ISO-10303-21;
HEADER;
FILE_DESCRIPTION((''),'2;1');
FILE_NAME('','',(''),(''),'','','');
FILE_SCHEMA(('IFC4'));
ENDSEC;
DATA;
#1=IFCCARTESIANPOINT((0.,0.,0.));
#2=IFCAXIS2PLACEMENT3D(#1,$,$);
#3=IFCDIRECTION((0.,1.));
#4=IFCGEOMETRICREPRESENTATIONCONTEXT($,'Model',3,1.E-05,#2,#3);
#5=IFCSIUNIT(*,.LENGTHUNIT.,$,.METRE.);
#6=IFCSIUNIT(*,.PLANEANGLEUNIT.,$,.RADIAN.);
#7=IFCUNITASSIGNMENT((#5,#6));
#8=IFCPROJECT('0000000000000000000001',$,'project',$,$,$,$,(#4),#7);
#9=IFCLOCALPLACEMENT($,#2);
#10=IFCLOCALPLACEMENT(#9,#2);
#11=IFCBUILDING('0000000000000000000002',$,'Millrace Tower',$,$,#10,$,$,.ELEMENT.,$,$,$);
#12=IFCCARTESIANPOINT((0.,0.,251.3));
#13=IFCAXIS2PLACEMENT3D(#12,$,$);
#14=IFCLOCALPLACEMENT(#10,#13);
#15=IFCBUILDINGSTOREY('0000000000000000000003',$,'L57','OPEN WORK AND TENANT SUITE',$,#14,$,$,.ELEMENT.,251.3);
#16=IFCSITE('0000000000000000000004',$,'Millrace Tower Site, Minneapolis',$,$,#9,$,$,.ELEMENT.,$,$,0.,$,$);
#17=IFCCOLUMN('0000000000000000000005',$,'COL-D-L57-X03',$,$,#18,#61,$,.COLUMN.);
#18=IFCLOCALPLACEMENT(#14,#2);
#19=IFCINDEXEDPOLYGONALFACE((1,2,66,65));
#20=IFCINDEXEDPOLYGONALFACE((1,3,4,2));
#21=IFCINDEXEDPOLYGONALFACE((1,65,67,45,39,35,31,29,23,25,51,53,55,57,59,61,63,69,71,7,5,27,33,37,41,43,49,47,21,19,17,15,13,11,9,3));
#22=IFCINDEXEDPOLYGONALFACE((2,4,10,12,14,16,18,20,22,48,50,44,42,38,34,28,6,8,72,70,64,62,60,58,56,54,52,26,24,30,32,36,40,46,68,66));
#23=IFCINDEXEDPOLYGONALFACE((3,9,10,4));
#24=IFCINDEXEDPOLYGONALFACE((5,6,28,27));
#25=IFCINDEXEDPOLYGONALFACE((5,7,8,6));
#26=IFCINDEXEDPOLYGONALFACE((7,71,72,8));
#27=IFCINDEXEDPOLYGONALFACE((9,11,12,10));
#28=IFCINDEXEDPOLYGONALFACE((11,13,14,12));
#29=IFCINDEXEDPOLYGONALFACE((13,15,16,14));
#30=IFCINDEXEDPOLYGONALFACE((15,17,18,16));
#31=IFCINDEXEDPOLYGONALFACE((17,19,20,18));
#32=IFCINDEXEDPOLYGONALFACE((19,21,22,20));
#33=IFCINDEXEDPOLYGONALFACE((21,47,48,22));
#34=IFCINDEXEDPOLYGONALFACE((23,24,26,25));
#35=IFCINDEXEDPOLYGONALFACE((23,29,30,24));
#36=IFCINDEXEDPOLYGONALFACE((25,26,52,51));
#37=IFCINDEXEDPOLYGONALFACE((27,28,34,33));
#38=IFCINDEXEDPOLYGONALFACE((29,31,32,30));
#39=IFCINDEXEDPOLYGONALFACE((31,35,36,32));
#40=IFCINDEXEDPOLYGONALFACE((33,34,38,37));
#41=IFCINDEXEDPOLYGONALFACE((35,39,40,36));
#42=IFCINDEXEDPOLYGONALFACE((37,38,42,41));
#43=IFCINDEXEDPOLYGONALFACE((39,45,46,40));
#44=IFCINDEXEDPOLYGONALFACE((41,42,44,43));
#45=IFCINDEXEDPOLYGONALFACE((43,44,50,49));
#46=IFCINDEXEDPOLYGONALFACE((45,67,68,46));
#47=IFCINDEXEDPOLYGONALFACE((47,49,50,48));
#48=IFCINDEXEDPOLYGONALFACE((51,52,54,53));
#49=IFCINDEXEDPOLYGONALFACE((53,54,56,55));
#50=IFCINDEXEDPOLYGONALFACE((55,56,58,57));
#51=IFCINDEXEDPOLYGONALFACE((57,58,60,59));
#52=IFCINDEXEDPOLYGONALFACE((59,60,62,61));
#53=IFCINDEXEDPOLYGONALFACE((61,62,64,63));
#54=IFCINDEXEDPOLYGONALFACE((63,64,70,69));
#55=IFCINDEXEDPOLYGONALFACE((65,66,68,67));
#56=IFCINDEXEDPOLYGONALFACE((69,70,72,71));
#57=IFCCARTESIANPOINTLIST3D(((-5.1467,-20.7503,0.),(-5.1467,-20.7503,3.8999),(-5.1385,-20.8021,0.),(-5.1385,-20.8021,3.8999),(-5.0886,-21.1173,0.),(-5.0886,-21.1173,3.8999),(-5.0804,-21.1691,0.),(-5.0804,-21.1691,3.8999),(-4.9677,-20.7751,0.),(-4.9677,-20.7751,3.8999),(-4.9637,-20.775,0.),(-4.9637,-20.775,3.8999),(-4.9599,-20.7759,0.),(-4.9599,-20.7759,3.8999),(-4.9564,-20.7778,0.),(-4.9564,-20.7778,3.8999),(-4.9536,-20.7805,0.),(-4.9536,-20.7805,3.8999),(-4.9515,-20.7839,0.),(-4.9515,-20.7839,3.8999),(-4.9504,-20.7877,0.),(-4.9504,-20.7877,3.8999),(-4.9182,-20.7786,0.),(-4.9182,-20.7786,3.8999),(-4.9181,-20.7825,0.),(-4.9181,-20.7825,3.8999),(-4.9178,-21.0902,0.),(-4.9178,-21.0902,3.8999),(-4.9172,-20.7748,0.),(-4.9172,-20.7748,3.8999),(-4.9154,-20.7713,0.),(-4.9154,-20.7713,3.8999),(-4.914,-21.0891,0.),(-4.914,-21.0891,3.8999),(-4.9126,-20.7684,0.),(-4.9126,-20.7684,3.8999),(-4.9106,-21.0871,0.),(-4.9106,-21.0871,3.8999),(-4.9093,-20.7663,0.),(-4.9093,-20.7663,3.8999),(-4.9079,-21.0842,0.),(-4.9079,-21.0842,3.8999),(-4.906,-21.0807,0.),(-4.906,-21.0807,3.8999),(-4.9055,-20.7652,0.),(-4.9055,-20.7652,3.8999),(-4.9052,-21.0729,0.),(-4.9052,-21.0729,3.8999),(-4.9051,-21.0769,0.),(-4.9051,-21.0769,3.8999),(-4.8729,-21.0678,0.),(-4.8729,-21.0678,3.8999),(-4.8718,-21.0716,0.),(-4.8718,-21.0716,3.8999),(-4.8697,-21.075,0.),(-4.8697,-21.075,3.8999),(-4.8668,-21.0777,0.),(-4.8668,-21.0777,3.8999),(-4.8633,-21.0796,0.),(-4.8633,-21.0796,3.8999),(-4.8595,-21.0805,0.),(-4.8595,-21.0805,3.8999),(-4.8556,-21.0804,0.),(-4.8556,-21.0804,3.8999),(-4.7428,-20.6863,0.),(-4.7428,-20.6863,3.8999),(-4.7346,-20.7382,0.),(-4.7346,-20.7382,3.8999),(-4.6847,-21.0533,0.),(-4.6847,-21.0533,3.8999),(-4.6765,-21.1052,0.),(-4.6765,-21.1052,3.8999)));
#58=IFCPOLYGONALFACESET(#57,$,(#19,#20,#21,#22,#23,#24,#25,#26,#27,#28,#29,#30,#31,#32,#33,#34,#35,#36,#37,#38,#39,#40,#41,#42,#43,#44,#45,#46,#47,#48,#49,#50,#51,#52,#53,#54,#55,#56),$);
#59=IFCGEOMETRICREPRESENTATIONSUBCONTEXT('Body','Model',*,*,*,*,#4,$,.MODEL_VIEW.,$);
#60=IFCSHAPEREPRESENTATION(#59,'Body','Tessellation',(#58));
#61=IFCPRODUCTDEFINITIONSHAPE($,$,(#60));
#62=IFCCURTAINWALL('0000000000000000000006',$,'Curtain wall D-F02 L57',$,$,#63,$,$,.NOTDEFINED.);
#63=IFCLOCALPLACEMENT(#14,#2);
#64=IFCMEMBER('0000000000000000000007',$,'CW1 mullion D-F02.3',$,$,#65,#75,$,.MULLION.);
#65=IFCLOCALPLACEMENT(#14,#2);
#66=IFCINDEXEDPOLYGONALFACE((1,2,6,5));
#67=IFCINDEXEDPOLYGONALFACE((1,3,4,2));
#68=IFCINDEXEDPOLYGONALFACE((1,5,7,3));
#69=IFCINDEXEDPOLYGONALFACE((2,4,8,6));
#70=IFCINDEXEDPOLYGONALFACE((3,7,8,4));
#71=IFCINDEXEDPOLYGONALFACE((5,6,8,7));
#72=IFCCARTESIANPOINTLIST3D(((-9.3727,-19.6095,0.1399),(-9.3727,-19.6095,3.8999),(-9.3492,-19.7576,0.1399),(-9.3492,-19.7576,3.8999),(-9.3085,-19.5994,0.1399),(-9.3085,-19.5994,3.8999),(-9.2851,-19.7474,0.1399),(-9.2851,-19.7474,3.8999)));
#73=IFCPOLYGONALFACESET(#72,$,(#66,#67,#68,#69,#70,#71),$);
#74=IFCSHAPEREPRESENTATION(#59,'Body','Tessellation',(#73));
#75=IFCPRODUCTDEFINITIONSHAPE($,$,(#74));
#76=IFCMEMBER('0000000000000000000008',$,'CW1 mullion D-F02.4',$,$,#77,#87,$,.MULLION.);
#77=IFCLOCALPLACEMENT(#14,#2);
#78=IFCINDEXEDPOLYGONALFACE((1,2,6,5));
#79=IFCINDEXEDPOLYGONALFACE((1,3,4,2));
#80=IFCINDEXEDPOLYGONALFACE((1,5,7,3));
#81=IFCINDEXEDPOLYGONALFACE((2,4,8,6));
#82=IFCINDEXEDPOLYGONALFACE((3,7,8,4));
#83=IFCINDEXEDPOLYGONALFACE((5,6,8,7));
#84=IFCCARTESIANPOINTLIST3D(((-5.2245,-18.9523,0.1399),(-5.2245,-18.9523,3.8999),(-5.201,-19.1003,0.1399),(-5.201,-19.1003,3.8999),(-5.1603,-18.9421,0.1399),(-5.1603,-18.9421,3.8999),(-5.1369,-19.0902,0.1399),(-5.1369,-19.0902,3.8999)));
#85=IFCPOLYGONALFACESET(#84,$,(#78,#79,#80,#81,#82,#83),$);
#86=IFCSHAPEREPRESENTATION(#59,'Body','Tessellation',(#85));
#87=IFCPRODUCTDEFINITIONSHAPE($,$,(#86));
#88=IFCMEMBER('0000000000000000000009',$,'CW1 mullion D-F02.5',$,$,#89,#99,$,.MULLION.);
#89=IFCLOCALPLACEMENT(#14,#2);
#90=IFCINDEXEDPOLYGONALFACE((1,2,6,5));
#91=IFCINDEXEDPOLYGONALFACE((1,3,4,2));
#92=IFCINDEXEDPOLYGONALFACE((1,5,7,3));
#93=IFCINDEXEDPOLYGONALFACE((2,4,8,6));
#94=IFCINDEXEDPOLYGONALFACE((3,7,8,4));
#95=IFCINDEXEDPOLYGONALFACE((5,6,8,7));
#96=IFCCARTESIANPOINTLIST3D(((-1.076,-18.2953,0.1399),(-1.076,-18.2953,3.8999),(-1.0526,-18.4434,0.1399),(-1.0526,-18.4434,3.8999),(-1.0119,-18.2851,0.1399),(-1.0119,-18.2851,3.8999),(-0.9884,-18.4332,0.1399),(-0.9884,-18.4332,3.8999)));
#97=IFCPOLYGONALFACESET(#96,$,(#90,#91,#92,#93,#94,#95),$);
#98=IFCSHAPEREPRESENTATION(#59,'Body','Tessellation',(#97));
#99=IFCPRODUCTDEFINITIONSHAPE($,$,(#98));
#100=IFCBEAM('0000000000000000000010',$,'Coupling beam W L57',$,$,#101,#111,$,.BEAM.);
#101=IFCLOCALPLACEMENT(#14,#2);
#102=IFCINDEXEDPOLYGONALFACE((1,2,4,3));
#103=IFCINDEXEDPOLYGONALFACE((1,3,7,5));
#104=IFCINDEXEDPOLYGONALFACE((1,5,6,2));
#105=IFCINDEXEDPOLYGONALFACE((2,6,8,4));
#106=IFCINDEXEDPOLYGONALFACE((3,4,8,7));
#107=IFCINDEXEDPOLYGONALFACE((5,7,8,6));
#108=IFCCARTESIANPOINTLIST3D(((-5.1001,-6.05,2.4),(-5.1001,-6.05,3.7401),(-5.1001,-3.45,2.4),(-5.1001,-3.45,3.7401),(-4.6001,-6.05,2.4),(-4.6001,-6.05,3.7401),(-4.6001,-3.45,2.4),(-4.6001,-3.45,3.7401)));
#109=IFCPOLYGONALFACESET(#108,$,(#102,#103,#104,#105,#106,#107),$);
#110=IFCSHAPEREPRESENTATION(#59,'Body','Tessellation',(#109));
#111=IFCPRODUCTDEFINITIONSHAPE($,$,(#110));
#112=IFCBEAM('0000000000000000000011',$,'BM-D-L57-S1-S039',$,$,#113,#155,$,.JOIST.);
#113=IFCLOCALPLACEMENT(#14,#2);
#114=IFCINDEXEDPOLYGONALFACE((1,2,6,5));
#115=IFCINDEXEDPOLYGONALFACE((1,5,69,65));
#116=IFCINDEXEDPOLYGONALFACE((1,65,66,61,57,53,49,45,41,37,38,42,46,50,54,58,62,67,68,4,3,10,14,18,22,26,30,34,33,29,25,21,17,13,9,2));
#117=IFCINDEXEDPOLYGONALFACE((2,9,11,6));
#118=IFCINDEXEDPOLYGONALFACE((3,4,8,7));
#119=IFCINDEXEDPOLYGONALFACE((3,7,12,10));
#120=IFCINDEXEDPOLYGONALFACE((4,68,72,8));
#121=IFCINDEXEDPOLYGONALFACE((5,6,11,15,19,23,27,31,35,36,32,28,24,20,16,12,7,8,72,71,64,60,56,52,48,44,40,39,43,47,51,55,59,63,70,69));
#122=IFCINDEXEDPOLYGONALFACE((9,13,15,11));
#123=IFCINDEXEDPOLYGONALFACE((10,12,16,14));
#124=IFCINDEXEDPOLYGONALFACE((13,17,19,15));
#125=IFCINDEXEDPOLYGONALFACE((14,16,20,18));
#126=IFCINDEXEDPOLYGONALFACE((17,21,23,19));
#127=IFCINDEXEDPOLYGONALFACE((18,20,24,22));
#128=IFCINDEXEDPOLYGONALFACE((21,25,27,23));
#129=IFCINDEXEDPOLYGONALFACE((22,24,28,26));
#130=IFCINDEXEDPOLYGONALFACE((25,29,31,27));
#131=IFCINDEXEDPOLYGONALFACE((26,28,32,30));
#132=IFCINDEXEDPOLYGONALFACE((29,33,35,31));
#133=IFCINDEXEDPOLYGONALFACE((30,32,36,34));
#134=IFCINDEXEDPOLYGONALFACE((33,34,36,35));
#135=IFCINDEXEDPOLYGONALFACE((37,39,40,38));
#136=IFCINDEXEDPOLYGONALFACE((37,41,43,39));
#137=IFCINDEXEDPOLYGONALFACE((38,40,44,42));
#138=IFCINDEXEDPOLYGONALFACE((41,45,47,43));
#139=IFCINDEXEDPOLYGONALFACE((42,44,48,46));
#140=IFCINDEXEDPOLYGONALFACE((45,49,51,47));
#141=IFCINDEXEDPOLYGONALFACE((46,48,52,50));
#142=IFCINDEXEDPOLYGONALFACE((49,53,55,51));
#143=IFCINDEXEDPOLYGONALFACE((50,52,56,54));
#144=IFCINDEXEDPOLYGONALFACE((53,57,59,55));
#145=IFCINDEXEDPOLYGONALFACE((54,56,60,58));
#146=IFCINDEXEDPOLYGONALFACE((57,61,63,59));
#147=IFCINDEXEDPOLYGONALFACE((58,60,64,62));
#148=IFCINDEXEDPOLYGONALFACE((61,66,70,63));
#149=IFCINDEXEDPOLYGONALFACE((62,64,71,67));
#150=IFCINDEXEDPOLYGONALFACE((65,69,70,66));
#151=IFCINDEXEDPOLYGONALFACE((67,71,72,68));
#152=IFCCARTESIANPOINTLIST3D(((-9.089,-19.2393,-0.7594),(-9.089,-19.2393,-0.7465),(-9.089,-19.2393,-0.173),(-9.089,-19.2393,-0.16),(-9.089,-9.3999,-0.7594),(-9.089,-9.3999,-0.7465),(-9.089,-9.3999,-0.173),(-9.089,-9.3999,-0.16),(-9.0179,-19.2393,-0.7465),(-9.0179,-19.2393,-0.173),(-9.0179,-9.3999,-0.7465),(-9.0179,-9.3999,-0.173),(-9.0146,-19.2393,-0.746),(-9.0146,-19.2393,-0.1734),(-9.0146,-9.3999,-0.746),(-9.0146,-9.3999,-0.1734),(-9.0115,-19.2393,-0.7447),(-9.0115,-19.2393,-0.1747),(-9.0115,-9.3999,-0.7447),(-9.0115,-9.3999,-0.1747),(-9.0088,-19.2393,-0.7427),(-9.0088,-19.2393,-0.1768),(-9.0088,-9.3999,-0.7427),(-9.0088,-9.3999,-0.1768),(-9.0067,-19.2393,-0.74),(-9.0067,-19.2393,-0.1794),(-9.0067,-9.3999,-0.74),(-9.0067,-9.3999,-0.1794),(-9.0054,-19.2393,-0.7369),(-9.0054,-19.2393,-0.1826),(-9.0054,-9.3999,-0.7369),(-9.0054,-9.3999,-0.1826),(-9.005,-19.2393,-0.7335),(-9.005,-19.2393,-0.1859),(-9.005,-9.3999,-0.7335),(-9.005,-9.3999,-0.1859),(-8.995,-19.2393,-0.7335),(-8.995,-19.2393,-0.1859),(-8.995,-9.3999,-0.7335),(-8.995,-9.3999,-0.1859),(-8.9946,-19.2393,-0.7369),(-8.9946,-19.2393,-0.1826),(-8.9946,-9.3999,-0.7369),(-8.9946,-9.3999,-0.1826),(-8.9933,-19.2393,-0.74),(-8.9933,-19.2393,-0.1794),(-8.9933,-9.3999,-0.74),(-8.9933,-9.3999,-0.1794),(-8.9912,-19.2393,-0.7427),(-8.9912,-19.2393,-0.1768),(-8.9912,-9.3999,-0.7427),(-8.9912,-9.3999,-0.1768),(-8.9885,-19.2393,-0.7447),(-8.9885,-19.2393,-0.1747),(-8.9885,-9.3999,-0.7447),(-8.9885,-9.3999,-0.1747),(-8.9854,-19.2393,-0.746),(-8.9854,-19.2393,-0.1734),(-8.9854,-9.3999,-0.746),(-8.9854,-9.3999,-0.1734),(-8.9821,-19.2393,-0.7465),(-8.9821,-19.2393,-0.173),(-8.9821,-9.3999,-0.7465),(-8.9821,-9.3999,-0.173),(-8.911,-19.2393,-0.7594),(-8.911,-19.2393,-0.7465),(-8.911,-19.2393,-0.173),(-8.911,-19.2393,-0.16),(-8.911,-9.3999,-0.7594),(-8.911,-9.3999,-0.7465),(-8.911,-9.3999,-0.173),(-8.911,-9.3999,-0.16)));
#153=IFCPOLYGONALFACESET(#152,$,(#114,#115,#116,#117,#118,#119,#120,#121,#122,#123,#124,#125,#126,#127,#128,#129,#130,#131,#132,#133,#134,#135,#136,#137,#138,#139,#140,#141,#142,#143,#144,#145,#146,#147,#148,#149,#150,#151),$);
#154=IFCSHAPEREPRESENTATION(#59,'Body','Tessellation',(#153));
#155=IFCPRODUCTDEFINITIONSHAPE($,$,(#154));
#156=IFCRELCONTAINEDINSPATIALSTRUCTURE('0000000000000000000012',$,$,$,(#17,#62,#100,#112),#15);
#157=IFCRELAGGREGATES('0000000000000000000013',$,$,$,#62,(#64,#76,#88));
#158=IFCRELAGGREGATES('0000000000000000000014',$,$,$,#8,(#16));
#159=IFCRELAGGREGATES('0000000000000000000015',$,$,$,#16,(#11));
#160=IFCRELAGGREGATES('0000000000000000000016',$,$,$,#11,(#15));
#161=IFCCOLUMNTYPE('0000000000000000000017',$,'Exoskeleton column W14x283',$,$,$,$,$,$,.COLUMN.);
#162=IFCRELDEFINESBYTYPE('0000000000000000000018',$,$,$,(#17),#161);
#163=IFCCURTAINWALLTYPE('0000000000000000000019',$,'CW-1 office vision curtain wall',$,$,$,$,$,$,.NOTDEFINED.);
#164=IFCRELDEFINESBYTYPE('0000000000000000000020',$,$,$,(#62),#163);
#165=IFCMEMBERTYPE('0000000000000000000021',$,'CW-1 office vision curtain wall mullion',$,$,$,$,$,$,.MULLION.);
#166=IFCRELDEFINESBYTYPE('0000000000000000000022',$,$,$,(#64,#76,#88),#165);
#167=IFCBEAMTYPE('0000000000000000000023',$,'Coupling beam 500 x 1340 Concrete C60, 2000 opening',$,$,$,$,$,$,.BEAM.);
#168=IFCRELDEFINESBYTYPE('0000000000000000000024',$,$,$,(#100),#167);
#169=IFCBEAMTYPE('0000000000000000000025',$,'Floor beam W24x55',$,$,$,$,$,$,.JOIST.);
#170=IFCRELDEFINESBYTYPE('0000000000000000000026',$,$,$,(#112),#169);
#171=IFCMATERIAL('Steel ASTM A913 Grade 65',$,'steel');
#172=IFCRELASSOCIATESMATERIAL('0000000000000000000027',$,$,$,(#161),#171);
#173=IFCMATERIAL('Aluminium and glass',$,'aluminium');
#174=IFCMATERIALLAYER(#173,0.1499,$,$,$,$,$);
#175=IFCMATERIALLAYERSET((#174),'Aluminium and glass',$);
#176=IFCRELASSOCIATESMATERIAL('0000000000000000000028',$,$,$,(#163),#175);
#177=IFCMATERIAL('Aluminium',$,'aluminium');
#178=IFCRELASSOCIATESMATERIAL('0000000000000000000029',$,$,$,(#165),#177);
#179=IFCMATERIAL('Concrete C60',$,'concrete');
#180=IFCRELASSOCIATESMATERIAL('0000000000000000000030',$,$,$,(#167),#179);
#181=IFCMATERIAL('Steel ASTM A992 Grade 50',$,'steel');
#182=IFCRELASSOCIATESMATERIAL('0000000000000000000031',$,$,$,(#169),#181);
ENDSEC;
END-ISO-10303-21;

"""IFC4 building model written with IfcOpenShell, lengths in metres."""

from ifc_helpers import new_model, si_unit, direction, frame, origin, origin_2d, place, context, subcontext, project, spatial, rectangle, i_section, extrude, material, layer, layer_set, material_profile, profile_set, type_object, element, aggregate, save


model = new_model("IFC4")

# Units and contexts
model_context = context("Model", 3, precision=1e-05, world=origin(), true_north=direction((0.0, 1.0)))
body_context = subcontext(model_context, "Body", "Model", "MODEL_VIEW")
ifc_project = project(units=[si_unit("LENGTHUNIT", "METRE"), si_unit("PLANEANGLEUNIT", "RADIAN")], contexts=[model_context])

# Site, building, storey
site_placement = place(None, origin())
site = spatial("IfcSite", under=ifc_project, at=site_placement, Name="Millrace Tower Site, Minneapolis", CompositionType="ELEMENT", RefElevation=0.0)
building_placement = place(site_placement, origin())
building = spatial("IfcBuilding", under=site, at=building_placement, Name="Millrace Tower", CompositionType="ELEMENT")
storey_placement = place(building_placement, frame((0.0, 0.0, 251.3)))
storey = spatial("IfcBuildingStorey", under=building, at=storey_placement, Name="L57", Description="OPEN WORK AND TENANT SUITE", CompositionType="ELEMENT", Elevation=251.3)

# Column
ifc_material_1 = material(Name="Steel ASTM A913 Grade 65", Category="steel")
ifc_material_profile_1 = material_profile(ifc_material_1, i_section(OverallWidth=0.4089, OverallDepth=0.4241, WebThickness=0.0327, FlangeThickness=0.0525, FilletRadius=0.0151, at=origin_2d()))
ifc_profile_set_1 = profile_set([ifc_material_profile_1], Name="Steel ASTM A913 Grade 65")
column_type = type_object("IfcColumnType", Name="Exoskeleton column W14x283", PredefinedType="COLUMN", material=ifc_profile_set_1)
column_placement = place(storey_placement, frame((-4.9116, -20.9277, 0.0), z_axis=(0.0, 0.0, 1.0), x_axis=(0.987688, 0.156434, 0.0)))
element("IfcColumn", 1, at=column_placement, inside=storey, type_object=column_type, Name="COL-D-L57-X03", PredefinedType="COLUMN", context=body_context, shape_type="SweptSolid", body=[
    extrude(i_section(OverallWidth=0.4089, OverallDepth=0.4241, WebThickness=0.0327, FlangeThickness=0.0525, FilletRadius=0.0151, at=origin_2d()), origin(), (0.0, 0.0, 1.0), 3.8999),
])

# Curtain wall, members
ifc_material_2 = material(Name="Aluminium and glass", Category="aluminium")
ifc_layer_1 = layer(ifc_material_2, 0.1499)
ifc_layer_set_1 = layer_set([ifc_layer_1], Name="Aluminium and glass")
curtain_wall_type = type_object("IfcCurtainWallType", Name="CW-1 office vision curtain wall", PredefinedType="NOTDEFINED", material=ifc_layer_set_1)
curtain_wall_placement = place(storey_placement, origin())
curtain_wall = element("IfcCurtainWall", 2, at=curtain_wall_placement, inside=storey, type_object=curtain_wall_type, Name="Curtain wall D-F02 L57", PredefinedType="NOTDEFINED")
ifc_material_3 = material(Name="Aluminium", Category="aluminium")
ifc_material_profile_2 = material_profile(ifc_material_3, rectangle(XDim=0.0649, YDim=0.1499, at=origin_2d()))
ifc_profile_set_2 = profile_set([ifc_material_profile_2], Name="Aluminium")
member_type = type_object("IfcMemberType", Name="CW-1 office vision curtain wall mullion", PredefinedType="MULLION", material=ifc_profile_set_2)
member_1_placement = place(storey_placement, frame((-9.3289, -19.6785, 0.1399), z_axis=(0.0, 0.0, 1.0), x_axis=(0.987688, 0.156434, 0.0)))
member_1 = element("IfcMember", 3, at=member_1_placement, type_object=member_type, Name="CW1 mullion D-F02.3", PredefinedType="MULLION", context=body_context, shape_type="SweptSolid", body=[
    extrude(rectangle(XDim=0.0649, YDim=0.1499, at=origin_2d()), origin(), (0.0, 0.0, 1.0), 3.76),
])
member_2_placement = place(storey_placement, frame((-5.1807, -19.0212, 0.1399), z_axis=(0.0, 0.0, 1.0), x_axis=(0.987688, 0.156434, 0.0)))
member_2 = element("IfcMember", 4, at=member_2_placement, type_object=member_type, Name="CW1 mullion D-F02.4", PredefinedType="MULLION", context=body_context, shape_type="SweptSolid", body=[
    extrude(rectangle(XDim=0.0649, YDim=0.1499, at=origin_2d()), origin(), (0.0, 0.0, 1.0), 3.76),
])
member_3_placement = place(storey_placement, frame((-1.0322, -18.3643, 0.1399), z_axis=(0.0, 0.0, 1.0), x_axis=(0.987688, 0.156434, 0.0)))
member_3 = element("IfcMember", 5, at=member_3_placement, type_object=member_type, Name="CW1 mullion D-F02.5", PredefinedType="MULLION", context=body_context, shape_type="SweptSolid", body=[
    extrude(rectangle(XDim=0.0649, YDim=0.1499, at=origin_2d()), origin(), (0.0, 0.0, 1.0), 3.76),
])
aggregate(curtain_wall, [member_1, member_2, member_3])

# Beams
ifc_material_4 = material(Name="Concrete C60", Category="concrete")
ifc_material_profile_3 = material_profile(ifc_material_4, rectangle(XDim=0.5, YDim=1.3401, at=origin_2d()))
ifc_profile_set_3 = profile_set([ifc_material_profile_3], Name="Concrete C60")
beam_type_1 = type_object("IfcBeamType", Name="Coupling beam 500 x 1340 Concrete C60, 2000 opening", PredefinedType="BEAM", material=ifc_profile_set_3)
beam_1_placement = place(storey_placement, frame((-4.8501, -6.05, 3.0701), z_axis=(0.0, 1.0, 0.0), x_axis=(-1.0, 0.0, 0.0)))
element("IfcBeam", 6, at=beam_1_placement, inside=storey, type_object=beam_type_1, Name="Coupling beam W L57", PredefinedType="BEAM", context=body_context, shape_type="SweptSolid", body=[
    extrude(rectangle(XDim=0.5, YDim=1.3401, at=origin_2d()), origin(), (0.0, 0.0, 1.0), 2.6001),
])
ifc_material_5 = material(Name="Steel ASTM A992 Grade 50", Category="steel")
ifc_material_profile_4 = material_profile(ifc_material_5, i_section(OverallWidth=0.178, OverallDepth=0.5994, WebThickness=0.01, FlangeThickness=0.0129, FilletRadius=0.0129, at=origin_2d()))
ifc_profile_set_4 = profile_set([ifc_material_profile_4], Name="Steel ASTM A992 Grade 50")
beam_type_2 = type_object("IfcBeamType", Name="Floor beam W24x55", PredefinedType="JOIST", material=ifc_profile_set_4)
beam_2_placement = place(storey_placement, frame((-9.0, -19.2393, -0.4597), z_axis=(0.0, 1.0, 0.0), x_axis=(-1.0, 0.0, 0.0)))
element("IfcBeam", 7, at=beam_2_placement, inside=storey, type_object=beam_type_2, Name="BM-D-L57-S1-S039", PredefinedType="JOIST", context=body_context, shape_type="SweptSolid", body=[
    extrude(i_section(OverallWidth=0.178, OverallDepth=0.5994, WebThickness=0.01, FlangeThickness=0.0129, FilletRadius=0.0129, at=origin_2d()), origin(), (0.0, 0.0, 1.0), 9.8394),
])

save(model, "model.ifc")
